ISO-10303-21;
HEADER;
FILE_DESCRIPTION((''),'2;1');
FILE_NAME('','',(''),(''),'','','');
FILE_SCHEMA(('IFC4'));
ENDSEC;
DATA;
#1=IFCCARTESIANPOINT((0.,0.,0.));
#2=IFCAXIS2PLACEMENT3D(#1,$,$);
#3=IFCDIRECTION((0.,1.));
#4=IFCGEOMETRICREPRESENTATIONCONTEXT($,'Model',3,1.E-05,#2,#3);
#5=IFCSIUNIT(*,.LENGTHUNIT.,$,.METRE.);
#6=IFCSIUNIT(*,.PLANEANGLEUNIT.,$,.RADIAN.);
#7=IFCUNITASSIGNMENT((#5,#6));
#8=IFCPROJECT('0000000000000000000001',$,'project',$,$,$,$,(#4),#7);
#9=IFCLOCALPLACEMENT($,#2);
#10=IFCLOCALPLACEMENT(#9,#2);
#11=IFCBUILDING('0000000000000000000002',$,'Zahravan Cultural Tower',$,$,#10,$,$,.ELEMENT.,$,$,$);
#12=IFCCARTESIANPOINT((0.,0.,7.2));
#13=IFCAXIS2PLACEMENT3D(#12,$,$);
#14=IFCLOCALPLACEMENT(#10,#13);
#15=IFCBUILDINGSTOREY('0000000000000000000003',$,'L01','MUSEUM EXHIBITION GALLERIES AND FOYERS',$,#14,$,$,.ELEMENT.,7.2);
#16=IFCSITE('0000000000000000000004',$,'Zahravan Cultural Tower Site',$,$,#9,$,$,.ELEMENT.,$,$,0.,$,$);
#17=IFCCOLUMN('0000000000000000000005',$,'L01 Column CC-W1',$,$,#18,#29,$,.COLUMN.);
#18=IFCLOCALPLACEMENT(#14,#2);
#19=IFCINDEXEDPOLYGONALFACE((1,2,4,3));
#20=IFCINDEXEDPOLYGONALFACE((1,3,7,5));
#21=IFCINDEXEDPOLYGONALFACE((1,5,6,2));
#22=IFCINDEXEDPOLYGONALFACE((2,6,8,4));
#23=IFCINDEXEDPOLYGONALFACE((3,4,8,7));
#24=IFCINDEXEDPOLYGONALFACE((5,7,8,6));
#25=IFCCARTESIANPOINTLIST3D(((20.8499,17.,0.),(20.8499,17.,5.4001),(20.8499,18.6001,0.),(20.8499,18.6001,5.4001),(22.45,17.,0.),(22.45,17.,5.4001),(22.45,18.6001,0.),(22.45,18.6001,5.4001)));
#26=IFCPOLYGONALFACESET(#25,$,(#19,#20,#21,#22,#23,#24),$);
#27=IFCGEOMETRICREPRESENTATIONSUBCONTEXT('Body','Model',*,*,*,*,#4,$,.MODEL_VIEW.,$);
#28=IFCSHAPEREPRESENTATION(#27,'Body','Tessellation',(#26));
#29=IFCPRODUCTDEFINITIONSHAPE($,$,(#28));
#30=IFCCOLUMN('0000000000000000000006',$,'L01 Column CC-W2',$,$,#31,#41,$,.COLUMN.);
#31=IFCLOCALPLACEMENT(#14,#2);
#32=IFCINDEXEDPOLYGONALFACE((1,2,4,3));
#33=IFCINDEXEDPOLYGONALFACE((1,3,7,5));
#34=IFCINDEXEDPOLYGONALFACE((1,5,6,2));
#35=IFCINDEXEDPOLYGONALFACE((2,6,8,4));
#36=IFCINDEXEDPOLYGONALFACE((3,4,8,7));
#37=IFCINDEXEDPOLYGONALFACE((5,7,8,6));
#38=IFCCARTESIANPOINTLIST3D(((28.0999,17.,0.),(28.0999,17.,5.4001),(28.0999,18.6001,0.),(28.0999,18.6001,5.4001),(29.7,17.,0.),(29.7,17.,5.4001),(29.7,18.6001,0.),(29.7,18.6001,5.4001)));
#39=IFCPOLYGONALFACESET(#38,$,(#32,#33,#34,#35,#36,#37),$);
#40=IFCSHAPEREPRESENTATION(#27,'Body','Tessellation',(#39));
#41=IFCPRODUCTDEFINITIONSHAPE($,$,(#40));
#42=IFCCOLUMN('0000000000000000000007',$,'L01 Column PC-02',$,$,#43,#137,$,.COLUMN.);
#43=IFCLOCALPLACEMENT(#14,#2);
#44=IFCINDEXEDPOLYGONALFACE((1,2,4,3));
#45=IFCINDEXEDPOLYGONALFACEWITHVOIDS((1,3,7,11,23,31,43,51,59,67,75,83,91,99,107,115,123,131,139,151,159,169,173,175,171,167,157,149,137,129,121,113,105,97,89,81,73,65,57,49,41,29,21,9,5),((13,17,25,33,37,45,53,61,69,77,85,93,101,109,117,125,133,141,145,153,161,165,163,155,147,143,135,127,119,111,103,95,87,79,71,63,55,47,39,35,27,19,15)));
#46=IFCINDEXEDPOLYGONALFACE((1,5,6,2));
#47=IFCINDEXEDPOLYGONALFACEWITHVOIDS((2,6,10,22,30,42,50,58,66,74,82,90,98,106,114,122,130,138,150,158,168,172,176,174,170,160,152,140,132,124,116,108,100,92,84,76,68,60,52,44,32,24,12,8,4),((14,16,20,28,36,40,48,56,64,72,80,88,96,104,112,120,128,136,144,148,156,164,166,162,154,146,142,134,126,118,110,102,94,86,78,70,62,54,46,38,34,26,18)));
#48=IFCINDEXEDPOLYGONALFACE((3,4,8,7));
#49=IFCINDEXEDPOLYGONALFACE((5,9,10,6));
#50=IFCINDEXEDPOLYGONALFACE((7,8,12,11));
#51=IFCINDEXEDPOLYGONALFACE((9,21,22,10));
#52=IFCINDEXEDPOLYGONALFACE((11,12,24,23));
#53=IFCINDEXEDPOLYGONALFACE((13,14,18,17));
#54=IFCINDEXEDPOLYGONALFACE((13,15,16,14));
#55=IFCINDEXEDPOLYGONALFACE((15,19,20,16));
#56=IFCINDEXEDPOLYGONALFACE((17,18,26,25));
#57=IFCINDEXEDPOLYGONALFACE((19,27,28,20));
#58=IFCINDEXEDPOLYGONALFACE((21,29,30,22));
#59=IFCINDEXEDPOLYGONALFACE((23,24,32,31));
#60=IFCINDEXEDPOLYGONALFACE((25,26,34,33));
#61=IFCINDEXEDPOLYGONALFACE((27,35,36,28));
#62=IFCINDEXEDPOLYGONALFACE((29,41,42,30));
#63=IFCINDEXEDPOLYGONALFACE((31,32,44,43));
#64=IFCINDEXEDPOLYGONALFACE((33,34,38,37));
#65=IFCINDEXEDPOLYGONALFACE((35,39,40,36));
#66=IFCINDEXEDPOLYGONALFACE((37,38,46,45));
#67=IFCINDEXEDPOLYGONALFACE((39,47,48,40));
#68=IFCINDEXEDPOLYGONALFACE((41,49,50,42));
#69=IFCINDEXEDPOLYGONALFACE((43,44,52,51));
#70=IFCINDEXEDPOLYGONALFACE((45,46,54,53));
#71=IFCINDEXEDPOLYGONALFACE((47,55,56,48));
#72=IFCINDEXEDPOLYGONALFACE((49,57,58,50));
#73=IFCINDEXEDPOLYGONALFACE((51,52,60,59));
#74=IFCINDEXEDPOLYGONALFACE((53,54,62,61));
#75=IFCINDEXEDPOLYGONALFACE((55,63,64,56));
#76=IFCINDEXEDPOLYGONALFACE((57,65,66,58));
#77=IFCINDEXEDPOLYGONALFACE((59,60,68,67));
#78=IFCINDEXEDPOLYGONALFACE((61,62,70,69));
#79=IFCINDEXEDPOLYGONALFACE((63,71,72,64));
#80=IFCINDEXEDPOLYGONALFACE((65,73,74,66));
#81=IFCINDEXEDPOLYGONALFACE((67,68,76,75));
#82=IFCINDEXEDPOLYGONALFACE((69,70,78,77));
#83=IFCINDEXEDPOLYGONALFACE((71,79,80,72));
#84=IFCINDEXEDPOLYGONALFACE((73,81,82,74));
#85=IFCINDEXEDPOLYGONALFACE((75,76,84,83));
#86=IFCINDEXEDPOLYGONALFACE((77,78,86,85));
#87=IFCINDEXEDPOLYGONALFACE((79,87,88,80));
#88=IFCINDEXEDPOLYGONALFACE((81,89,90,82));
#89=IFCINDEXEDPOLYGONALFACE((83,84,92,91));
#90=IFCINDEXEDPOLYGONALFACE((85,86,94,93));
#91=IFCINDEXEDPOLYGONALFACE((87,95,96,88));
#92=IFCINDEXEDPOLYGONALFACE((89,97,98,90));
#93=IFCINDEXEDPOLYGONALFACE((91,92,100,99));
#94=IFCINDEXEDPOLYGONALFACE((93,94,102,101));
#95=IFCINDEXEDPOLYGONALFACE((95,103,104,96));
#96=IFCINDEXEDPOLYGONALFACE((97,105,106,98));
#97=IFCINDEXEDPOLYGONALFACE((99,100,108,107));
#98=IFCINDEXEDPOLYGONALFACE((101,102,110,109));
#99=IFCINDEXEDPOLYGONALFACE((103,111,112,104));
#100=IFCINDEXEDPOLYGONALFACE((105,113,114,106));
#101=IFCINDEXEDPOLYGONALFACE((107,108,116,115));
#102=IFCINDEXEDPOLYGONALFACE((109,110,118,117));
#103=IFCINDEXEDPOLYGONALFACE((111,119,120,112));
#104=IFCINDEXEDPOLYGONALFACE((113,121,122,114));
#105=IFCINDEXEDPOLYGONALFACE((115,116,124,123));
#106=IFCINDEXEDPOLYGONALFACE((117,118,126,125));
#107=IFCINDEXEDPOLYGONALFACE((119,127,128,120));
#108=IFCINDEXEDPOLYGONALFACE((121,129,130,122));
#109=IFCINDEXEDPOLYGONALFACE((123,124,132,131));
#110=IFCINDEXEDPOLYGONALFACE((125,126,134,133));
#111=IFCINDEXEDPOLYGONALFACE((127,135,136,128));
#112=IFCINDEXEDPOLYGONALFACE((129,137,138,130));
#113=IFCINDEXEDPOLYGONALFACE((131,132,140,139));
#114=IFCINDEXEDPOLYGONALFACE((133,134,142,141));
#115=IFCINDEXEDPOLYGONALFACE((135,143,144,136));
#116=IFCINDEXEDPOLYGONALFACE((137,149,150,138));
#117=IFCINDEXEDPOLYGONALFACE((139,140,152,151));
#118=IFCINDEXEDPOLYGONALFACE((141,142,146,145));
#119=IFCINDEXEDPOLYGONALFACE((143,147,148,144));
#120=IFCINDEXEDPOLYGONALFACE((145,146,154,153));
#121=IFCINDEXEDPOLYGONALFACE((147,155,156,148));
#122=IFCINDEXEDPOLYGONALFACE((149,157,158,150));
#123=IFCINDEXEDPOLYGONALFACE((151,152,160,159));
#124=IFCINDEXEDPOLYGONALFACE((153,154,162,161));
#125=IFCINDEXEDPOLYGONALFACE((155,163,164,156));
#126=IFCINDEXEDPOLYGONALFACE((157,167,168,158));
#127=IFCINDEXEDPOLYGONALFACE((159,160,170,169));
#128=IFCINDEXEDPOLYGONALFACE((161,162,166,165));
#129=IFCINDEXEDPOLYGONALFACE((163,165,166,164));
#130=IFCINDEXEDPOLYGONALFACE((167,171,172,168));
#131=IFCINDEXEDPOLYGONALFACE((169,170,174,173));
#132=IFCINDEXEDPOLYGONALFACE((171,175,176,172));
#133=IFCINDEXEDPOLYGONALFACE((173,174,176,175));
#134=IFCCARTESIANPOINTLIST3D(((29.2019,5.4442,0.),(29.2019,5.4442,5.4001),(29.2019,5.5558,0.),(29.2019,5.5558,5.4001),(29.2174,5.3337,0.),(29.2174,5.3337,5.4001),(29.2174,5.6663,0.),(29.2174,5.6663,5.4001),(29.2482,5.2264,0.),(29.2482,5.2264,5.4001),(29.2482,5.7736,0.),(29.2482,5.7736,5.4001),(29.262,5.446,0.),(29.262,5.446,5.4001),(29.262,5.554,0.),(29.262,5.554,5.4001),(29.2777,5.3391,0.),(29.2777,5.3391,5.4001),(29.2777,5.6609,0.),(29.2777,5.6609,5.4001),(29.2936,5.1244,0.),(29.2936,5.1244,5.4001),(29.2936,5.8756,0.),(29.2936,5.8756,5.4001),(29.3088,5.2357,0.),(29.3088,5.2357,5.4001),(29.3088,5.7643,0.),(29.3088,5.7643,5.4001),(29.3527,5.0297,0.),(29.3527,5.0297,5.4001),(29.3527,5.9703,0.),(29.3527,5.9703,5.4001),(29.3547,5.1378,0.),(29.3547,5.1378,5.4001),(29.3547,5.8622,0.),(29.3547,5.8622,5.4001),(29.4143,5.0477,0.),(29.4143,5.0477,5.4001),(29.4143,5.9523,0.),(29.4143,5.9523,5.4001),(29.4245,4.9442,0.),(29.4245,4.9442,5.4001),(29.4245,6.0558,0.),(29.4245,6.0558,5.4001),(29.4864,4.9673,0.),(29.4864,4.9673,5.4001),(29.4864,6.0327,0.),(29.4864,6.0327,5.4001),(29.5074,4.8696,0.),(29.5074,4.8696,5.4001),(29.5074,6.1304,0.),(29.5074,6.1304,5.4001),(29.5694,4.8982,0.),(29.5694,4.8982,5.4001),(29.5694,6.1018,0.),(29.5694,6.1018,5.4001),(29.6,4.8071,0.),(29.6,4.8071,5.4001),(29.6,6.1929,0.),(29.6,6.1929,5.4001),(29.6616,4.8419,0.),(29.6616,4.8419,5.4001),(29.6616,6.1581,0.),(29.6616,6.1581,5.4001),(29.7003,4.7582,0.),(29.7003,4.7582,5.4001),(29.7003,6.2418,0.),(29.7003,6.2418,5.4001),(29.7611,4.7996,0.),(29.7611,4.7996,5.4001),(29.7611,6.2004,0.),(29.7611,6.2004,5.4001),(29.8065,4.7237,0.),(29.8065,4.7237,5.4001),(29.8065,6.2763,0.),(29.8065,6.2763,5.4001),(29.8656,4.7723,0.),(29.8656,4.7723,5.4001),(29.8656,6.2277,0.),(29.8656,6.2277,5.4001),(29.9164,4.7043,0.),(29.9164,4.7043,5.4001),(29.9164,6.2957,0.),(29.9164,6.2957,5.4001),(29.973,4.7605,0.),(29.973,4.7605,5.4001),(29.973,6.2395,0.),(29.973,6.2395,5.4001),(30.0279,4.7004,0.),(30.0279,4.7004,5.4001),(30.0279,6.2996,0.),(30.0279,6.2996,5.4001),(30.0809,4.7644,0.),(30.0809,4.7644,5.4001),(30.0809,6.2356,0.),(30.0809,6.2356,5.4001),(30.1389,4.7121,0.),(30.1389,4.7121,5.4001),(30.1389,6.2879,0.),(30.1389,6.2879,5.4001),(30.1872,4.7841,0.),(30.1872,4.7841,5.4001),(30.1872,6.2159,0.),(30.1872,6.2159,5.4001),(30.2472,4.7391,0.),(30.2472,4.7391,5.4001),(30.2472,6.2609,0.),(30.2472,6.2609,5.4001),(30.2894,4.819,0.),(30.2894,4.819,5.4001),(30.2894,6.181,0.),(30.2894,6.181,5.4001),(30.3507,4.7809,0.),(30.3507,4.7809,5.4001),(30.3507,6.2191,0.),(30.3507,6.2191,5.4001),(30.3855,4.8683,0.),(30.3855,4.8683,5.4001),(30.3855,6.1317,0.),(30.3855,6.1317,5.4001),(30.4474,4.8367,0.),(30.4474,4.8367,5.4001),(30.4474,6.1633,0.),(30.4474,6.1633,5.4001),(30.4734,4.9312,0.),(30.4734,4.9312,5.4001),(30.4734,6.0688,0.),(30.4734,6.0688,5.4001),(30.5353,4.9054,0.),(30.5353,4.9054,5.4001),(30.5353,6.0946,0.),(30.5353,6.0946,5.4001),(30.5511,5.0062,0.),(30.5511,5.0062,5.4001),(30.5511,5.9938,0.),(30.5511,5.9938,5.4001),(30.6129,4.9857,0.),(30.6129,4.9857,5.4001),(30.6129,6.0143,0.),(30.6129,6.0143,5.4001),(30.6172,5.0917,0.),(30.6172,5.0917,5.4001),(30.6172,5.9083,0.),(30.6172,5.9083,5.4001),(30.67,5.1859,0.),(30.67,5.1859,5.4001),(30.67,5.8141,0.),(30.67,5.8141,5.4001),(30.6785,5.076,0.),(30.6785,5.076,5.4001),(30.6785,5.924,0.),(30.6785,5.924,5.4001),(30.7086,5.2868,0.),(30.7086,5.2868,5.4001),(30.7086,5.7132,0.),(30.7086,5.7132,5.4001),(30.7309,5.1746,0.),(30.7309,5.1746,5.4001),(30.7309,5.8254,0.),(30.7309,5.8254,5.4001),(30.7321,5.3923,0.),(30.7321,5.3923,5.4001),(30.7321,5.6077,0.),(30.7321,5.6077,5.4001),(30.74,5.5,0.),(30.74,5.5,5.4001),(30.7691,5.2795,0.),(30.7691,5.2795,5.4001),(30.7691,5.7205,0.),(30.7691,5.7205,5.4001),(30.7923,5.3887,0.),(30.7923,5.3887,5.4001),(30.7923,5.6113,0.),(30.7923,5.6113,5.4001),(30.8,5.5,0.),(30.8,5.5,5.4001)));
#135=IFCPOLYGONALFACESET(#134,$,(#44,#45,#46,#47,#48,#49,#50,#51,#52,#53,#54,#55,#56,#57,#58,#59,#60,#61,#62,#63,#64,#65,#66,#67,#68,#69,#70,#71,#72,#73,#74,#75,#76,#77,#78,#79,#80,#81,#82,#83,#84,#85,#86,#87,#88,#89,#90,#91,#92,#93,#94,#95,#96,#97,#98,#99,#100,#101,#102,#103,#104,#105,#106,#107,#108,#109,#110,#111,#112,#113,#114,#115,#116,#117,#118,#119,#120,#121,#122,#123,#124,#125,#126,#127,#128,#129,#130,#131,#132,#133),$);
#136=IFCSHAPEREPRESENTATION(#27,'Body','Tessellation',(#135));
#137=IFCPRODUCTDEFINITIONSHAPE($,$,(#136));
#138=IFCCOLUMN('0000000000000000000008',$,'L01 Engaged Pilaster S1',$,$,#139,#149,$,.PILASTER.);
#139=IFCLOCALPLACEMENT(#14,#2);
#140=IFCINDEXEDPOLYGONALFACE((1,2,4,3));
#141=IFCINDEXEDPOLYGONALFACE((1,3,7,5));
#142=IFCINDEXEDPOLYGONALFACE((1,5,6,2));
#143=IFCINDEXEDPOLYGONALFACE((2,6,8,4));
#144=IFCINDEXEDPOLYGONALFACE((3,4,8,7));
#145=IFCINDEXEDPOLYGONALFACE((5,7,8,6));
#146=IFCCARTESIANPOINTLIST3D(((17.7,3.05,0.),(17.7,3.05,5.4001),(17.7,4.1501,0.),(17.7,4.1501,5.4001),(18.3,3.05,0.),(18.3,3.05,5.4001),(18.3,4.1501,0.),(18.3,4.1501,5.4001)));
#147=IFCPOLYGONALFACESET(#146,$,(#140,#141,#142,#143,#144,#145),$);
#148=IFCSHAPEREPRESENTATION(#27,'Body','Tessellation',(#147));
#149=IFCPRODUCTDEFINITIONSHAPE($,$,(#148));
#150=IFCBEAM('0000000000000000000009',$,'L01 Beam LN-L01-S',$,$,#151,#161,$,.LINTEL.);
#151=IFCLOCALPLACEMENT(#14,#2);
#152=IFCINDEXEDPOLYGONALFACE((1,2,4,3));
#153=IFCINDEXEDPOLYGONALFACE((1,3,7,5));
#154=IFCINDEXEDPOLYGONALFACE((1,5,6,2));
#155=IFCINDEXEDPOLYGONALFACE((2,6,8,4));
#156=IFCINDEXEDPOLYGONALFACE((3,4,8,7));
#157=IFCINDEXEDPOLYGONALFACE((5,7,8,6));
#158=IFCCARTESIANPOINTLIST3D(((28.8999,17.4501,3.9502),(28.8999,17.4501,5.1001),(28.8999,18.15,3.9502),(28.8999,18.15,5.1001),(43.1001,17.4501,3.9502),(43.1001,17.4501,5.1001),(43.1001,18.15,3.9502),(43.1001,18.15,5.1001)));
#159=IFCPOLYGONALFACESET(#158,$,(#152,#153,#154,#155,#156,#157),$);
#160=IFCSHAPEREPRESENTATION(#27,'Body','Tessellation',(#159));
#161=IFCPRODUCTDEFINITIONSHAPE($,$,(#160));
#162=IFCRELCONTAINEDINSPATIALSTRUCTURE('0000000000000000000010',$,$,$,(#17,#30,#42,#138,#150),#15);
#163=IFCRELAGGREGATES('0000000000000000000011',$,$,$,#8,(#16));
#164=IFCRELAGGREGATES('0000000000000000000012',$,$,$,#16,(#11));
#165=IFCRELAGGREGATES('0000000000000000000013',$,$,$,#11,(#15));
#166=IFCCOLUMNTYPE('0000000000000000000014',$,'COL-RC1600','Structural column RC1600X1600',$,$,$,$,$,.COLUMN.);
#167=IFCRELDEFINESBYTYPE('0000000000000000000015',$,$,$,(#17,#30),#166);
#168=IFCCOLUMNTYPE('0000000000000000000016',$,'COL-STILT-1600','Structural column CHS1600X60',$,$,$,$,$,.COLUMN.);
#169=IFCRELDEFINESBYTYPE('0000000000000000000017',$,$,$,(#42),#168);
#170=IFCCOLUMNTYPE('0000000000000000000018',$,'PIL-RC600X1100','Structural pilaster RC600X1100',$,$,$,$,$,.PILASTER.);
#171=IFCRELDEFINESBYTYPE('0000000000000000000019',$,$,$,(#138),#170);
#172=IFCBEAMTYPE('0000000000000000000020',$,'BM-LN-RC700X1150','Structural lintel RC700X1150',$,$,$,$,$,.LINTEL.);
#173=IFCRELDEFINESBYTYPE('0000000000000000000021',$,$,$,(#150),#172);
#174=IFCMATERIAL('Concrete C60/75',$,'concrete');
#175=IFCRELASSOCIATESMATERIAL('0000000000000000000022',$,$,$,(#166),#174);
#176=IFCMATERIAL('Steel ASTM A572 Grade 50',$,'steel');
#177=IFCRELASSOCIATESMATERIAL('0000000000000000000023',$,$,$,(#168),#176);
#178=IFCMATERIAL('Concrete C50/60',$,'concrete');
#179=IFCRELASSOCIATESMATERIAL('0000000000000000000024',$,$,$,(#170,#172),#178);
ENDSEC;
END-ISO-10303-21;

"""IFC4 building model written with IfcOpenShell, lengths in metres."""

from ifc_helpers import new_model, si_unit, direction, frame, origin, origin_2d, place, context, subcontext, project, spatial, rectangle, hollow_circle, extrude, source, transform, mapped, material, material_profile, profile_set, type_object, element, save


model = new_model("IFC4")

# Units and contexts
model_context = context("Model", 3, precision=1e-05, world=origin(), true_north=direction((0.0, 1.0)))
body_context = subcontext(model_context, "Body", "Model", "MODEL_VIEW")
ifc_project = project(units=[si_unit("LENGTHUNIT", "METRE"), si_unit("PLANEANGLEUNIT", "RADIAN")], contexts=[model_context])

# Site, building, storey
site_placement = place(None, origin())
site = spatial("IfcSite", under=ifc_project, at=site_placement, Name="Zahravan Cultural Tower Site", CompositionType="ELEMENT", RefElevation=0.0)
building_placement = place(site_placement, origin())
building = spatial("IfcBuilding", under=site, at=building_placement, Name="Zahravan Cultural Tower", CompositionType="ELEMENT")
storey_placement = place(building_placement, frame((0.0, 0.0, 7.2)))
storey = spatial("IfcBuildingStorey", under=building, at=storey_placement, Name="L01", Description="MUSEUM EXHIBITION GALLERIES AND FOYERS", CompositionType="ELEMENT", Elevation=7.2)

# Columns
ifc_material_1 = material(Name="Concrete C60/75", Category="concrete")
ifc_material_profile_1 = material_profile(ifc_material_1, rectangle(XDim=1.6001, YDim=1.6001, at=origin_2d()), Name="RC1600X1600")
ifc_profile_set_1 = profile_set([ifc_material_profile_1], Name="Concrete C60/75")
column_type_1 = type_object("IfcColumnType", Name="COL-RC1600", Description="Structural column RC1600X1600", PredefinedType="COLUMN", material=ifc_profile_set_1)
shared_shape_1 = source(origin(), body_context, "Body", "SweptSolid", [
    extrude(rectangle(XDim=1.6001, YDim=1.6001, at=origin_2d()), origin(), (0.0, 0.0, 1.0), 5.4001),
])
for number, where, z_axis, x_axis, name in (
    (1, (21.6499, 17.8, 0.0), (0.0, 0.0, 1.0), (1.0, 0.0, 0.0), "L01 Column CC-W1"),
    (2, (28.8999, 17.8, 0.0), (0.0, 0.0, 1.0), (1.0, 0.0, 0.0), "L01 Column CC-W2"),
):
    element("IfcColumn", number, at=place(storey_placement, frame(where, z_axis=z_axis, x_axis=x_axis)), inside=storey, type_object=column_type_1, Name=name, PredefinedType="COLUMN", context=body_context, shape_type="MappedRepresentation", body=[
        mapped(shared_shape_1, transform((0.0, 0.0, 0.0), x_axis=(1.0, 0.0, 0.0), y_axis=(0.0, 1.0, 0.0), z_axis=(0.0, 0.0, 1.0), scale=1.0)),
    ])
ifc_material_2 = material(Name="Steel ASTM A572 Grade 50", Category="steel")
ifc_material_profile_2 = material_profile(ifc_material_2, hollow_circle(Radius=0.8, WallThickness=0.0601, at=origin_2d()), Name="CHS1600X60")
ifc_profile_set_2 = profile_set([ifc_material_profile_2], Name="Steel ASTM A572 Grade 50")
column_type_2 = type_object("IfcColumnType", Name="COL-STILT-1600", Description="Structural column CHS1600X60", PredefinedType="COLUMN", material=ifc_profile_set_2)
shared_shape_2 = source(origin(), body_context, "Body", "SweptSolid", [
    extrude(hollow_circle(Radius=0.8, WallThickness=0.0601, at=origin_2d()), origin(), (0.0, 0.0, 1.0), 5.4001),
])
column_1_placement = place(storey_placement, frame((30.0, 5.5, 0.0), z_axis=(0.0, 0.0, 1.0), x_axis=(1.0, 0.0, 0.0)))
element("IfcColumn", 3, at=column_1_placement, inside=storey, type_object=column_type_2, Name="L01 Column PC-02", PredefinedType="COLUMN", context=body_context, shape_type="MappedRepresentation", body=[
    mapped(shared_shape_2, transform((0.0, 0.0, 0.0), x_axis=(1.0, 0.0, 0.0), y_axis=(0.0, 1.0, 0.0), z_axis=(0.0, 0.0, 1.0), scale=1.0)),
])
ifc_material_3 = material(Name="Concrete C50/60", Category="concrete")
ifc_material_profile_3 = material_profile(ifc_material_3, rectangle(XDim=0.6001, YDim=1.1001, at=origin_2d()), Name="RC600X1100")
ifc_profile_set_3 = profile_set([ifc_material_profile_3], Name="Concrete C50/60")
column_type_3 = type_object("IfcColumnType", Name="PIL-RC600X1100", Description="Structural pilaster RC600X1100", PredefinedType="PILASTER", material=ifc_profile_set_3)
shared_shape_3 = source(origin(), body_context, "Body", "SweptSolid", [
    extrude(rectangle(XDim=0.6001, YDim=1.1001, at=origin_2d()), origin(), (0.0, 0.0, 1.0), 5.4001),
])
column_2_placement = place(storey_placement, frame((18.0, 3.6001, 0.0), z_axis=(0.0, 0.0, 1.0), x_axis=(1.0, 0.0, 0.0)))
element("IfcColumn", 4, at=column_2_placement, inside=storey, type_object=column_type_3, Name="L01 Engaged Pilaster S1", PredefinedType="PILASTER", context=body_context, shape_type="MappedRepresentation", body=[
    mapped(shared_shape_3, transform((0.0, 0.0, 0.0), x_axis=(1.0, 0.0, 0.0), y_axis=(0.0, 1.0, 0.0), z_axis=(0.0, 0.0, 1.0), scale=1.0)),
])

# Beam
ifc_material_profile_4 = material_profile(ifc_material_3, rectangle(XDim=0.7, YDim=1.1499, at=origin_2d()), Name="RC700X1150")
ifc_profile_set_4 = profile_set([ifc_material_profile_4], Name="Concrete C50/60")
beam_type_1 = type_object("IfcBeamType", Name="BM-LN-RC700X1150", Description="Structural lintel RC700X1150", PredefinedType="LINTEL", material=ifc_profile_set_4)
shared_shape_4 = source(origin(), body_context, "Body", "SweptSolid", [
    extrude(rectangle(XDim=0.7, YDim=1.1499, at=origin_2d()), origin(), (0.0, 0.0, 1.0), 14.2002),
])
beam_1_placement = place(storey_placement, frame((28.8999, 17.8, 4.5251), z_axis=(1.0, 0.0, 0.0), x_axis=(0.0, 1.0, 0.0)))
element("IfcBeam", 5, at=beam_1_placement, inside=storey, type_object=beam_type_1, Name="L01 Beam LN-L01-S", PredefinedType="LINTEL", context=body_context, shape_type="MappedRepresentation", body=[
    mapped(shared_shape_4, transform((0.0, 0.0, 0.0), x_axis=(1.0, 0.0, 0.0), y_axis=(0.0, 1.0, 0.0), z_axis=(0.0, 0.0, 1.0), scale=1.0)),
])

save(model, "model.ifc")
